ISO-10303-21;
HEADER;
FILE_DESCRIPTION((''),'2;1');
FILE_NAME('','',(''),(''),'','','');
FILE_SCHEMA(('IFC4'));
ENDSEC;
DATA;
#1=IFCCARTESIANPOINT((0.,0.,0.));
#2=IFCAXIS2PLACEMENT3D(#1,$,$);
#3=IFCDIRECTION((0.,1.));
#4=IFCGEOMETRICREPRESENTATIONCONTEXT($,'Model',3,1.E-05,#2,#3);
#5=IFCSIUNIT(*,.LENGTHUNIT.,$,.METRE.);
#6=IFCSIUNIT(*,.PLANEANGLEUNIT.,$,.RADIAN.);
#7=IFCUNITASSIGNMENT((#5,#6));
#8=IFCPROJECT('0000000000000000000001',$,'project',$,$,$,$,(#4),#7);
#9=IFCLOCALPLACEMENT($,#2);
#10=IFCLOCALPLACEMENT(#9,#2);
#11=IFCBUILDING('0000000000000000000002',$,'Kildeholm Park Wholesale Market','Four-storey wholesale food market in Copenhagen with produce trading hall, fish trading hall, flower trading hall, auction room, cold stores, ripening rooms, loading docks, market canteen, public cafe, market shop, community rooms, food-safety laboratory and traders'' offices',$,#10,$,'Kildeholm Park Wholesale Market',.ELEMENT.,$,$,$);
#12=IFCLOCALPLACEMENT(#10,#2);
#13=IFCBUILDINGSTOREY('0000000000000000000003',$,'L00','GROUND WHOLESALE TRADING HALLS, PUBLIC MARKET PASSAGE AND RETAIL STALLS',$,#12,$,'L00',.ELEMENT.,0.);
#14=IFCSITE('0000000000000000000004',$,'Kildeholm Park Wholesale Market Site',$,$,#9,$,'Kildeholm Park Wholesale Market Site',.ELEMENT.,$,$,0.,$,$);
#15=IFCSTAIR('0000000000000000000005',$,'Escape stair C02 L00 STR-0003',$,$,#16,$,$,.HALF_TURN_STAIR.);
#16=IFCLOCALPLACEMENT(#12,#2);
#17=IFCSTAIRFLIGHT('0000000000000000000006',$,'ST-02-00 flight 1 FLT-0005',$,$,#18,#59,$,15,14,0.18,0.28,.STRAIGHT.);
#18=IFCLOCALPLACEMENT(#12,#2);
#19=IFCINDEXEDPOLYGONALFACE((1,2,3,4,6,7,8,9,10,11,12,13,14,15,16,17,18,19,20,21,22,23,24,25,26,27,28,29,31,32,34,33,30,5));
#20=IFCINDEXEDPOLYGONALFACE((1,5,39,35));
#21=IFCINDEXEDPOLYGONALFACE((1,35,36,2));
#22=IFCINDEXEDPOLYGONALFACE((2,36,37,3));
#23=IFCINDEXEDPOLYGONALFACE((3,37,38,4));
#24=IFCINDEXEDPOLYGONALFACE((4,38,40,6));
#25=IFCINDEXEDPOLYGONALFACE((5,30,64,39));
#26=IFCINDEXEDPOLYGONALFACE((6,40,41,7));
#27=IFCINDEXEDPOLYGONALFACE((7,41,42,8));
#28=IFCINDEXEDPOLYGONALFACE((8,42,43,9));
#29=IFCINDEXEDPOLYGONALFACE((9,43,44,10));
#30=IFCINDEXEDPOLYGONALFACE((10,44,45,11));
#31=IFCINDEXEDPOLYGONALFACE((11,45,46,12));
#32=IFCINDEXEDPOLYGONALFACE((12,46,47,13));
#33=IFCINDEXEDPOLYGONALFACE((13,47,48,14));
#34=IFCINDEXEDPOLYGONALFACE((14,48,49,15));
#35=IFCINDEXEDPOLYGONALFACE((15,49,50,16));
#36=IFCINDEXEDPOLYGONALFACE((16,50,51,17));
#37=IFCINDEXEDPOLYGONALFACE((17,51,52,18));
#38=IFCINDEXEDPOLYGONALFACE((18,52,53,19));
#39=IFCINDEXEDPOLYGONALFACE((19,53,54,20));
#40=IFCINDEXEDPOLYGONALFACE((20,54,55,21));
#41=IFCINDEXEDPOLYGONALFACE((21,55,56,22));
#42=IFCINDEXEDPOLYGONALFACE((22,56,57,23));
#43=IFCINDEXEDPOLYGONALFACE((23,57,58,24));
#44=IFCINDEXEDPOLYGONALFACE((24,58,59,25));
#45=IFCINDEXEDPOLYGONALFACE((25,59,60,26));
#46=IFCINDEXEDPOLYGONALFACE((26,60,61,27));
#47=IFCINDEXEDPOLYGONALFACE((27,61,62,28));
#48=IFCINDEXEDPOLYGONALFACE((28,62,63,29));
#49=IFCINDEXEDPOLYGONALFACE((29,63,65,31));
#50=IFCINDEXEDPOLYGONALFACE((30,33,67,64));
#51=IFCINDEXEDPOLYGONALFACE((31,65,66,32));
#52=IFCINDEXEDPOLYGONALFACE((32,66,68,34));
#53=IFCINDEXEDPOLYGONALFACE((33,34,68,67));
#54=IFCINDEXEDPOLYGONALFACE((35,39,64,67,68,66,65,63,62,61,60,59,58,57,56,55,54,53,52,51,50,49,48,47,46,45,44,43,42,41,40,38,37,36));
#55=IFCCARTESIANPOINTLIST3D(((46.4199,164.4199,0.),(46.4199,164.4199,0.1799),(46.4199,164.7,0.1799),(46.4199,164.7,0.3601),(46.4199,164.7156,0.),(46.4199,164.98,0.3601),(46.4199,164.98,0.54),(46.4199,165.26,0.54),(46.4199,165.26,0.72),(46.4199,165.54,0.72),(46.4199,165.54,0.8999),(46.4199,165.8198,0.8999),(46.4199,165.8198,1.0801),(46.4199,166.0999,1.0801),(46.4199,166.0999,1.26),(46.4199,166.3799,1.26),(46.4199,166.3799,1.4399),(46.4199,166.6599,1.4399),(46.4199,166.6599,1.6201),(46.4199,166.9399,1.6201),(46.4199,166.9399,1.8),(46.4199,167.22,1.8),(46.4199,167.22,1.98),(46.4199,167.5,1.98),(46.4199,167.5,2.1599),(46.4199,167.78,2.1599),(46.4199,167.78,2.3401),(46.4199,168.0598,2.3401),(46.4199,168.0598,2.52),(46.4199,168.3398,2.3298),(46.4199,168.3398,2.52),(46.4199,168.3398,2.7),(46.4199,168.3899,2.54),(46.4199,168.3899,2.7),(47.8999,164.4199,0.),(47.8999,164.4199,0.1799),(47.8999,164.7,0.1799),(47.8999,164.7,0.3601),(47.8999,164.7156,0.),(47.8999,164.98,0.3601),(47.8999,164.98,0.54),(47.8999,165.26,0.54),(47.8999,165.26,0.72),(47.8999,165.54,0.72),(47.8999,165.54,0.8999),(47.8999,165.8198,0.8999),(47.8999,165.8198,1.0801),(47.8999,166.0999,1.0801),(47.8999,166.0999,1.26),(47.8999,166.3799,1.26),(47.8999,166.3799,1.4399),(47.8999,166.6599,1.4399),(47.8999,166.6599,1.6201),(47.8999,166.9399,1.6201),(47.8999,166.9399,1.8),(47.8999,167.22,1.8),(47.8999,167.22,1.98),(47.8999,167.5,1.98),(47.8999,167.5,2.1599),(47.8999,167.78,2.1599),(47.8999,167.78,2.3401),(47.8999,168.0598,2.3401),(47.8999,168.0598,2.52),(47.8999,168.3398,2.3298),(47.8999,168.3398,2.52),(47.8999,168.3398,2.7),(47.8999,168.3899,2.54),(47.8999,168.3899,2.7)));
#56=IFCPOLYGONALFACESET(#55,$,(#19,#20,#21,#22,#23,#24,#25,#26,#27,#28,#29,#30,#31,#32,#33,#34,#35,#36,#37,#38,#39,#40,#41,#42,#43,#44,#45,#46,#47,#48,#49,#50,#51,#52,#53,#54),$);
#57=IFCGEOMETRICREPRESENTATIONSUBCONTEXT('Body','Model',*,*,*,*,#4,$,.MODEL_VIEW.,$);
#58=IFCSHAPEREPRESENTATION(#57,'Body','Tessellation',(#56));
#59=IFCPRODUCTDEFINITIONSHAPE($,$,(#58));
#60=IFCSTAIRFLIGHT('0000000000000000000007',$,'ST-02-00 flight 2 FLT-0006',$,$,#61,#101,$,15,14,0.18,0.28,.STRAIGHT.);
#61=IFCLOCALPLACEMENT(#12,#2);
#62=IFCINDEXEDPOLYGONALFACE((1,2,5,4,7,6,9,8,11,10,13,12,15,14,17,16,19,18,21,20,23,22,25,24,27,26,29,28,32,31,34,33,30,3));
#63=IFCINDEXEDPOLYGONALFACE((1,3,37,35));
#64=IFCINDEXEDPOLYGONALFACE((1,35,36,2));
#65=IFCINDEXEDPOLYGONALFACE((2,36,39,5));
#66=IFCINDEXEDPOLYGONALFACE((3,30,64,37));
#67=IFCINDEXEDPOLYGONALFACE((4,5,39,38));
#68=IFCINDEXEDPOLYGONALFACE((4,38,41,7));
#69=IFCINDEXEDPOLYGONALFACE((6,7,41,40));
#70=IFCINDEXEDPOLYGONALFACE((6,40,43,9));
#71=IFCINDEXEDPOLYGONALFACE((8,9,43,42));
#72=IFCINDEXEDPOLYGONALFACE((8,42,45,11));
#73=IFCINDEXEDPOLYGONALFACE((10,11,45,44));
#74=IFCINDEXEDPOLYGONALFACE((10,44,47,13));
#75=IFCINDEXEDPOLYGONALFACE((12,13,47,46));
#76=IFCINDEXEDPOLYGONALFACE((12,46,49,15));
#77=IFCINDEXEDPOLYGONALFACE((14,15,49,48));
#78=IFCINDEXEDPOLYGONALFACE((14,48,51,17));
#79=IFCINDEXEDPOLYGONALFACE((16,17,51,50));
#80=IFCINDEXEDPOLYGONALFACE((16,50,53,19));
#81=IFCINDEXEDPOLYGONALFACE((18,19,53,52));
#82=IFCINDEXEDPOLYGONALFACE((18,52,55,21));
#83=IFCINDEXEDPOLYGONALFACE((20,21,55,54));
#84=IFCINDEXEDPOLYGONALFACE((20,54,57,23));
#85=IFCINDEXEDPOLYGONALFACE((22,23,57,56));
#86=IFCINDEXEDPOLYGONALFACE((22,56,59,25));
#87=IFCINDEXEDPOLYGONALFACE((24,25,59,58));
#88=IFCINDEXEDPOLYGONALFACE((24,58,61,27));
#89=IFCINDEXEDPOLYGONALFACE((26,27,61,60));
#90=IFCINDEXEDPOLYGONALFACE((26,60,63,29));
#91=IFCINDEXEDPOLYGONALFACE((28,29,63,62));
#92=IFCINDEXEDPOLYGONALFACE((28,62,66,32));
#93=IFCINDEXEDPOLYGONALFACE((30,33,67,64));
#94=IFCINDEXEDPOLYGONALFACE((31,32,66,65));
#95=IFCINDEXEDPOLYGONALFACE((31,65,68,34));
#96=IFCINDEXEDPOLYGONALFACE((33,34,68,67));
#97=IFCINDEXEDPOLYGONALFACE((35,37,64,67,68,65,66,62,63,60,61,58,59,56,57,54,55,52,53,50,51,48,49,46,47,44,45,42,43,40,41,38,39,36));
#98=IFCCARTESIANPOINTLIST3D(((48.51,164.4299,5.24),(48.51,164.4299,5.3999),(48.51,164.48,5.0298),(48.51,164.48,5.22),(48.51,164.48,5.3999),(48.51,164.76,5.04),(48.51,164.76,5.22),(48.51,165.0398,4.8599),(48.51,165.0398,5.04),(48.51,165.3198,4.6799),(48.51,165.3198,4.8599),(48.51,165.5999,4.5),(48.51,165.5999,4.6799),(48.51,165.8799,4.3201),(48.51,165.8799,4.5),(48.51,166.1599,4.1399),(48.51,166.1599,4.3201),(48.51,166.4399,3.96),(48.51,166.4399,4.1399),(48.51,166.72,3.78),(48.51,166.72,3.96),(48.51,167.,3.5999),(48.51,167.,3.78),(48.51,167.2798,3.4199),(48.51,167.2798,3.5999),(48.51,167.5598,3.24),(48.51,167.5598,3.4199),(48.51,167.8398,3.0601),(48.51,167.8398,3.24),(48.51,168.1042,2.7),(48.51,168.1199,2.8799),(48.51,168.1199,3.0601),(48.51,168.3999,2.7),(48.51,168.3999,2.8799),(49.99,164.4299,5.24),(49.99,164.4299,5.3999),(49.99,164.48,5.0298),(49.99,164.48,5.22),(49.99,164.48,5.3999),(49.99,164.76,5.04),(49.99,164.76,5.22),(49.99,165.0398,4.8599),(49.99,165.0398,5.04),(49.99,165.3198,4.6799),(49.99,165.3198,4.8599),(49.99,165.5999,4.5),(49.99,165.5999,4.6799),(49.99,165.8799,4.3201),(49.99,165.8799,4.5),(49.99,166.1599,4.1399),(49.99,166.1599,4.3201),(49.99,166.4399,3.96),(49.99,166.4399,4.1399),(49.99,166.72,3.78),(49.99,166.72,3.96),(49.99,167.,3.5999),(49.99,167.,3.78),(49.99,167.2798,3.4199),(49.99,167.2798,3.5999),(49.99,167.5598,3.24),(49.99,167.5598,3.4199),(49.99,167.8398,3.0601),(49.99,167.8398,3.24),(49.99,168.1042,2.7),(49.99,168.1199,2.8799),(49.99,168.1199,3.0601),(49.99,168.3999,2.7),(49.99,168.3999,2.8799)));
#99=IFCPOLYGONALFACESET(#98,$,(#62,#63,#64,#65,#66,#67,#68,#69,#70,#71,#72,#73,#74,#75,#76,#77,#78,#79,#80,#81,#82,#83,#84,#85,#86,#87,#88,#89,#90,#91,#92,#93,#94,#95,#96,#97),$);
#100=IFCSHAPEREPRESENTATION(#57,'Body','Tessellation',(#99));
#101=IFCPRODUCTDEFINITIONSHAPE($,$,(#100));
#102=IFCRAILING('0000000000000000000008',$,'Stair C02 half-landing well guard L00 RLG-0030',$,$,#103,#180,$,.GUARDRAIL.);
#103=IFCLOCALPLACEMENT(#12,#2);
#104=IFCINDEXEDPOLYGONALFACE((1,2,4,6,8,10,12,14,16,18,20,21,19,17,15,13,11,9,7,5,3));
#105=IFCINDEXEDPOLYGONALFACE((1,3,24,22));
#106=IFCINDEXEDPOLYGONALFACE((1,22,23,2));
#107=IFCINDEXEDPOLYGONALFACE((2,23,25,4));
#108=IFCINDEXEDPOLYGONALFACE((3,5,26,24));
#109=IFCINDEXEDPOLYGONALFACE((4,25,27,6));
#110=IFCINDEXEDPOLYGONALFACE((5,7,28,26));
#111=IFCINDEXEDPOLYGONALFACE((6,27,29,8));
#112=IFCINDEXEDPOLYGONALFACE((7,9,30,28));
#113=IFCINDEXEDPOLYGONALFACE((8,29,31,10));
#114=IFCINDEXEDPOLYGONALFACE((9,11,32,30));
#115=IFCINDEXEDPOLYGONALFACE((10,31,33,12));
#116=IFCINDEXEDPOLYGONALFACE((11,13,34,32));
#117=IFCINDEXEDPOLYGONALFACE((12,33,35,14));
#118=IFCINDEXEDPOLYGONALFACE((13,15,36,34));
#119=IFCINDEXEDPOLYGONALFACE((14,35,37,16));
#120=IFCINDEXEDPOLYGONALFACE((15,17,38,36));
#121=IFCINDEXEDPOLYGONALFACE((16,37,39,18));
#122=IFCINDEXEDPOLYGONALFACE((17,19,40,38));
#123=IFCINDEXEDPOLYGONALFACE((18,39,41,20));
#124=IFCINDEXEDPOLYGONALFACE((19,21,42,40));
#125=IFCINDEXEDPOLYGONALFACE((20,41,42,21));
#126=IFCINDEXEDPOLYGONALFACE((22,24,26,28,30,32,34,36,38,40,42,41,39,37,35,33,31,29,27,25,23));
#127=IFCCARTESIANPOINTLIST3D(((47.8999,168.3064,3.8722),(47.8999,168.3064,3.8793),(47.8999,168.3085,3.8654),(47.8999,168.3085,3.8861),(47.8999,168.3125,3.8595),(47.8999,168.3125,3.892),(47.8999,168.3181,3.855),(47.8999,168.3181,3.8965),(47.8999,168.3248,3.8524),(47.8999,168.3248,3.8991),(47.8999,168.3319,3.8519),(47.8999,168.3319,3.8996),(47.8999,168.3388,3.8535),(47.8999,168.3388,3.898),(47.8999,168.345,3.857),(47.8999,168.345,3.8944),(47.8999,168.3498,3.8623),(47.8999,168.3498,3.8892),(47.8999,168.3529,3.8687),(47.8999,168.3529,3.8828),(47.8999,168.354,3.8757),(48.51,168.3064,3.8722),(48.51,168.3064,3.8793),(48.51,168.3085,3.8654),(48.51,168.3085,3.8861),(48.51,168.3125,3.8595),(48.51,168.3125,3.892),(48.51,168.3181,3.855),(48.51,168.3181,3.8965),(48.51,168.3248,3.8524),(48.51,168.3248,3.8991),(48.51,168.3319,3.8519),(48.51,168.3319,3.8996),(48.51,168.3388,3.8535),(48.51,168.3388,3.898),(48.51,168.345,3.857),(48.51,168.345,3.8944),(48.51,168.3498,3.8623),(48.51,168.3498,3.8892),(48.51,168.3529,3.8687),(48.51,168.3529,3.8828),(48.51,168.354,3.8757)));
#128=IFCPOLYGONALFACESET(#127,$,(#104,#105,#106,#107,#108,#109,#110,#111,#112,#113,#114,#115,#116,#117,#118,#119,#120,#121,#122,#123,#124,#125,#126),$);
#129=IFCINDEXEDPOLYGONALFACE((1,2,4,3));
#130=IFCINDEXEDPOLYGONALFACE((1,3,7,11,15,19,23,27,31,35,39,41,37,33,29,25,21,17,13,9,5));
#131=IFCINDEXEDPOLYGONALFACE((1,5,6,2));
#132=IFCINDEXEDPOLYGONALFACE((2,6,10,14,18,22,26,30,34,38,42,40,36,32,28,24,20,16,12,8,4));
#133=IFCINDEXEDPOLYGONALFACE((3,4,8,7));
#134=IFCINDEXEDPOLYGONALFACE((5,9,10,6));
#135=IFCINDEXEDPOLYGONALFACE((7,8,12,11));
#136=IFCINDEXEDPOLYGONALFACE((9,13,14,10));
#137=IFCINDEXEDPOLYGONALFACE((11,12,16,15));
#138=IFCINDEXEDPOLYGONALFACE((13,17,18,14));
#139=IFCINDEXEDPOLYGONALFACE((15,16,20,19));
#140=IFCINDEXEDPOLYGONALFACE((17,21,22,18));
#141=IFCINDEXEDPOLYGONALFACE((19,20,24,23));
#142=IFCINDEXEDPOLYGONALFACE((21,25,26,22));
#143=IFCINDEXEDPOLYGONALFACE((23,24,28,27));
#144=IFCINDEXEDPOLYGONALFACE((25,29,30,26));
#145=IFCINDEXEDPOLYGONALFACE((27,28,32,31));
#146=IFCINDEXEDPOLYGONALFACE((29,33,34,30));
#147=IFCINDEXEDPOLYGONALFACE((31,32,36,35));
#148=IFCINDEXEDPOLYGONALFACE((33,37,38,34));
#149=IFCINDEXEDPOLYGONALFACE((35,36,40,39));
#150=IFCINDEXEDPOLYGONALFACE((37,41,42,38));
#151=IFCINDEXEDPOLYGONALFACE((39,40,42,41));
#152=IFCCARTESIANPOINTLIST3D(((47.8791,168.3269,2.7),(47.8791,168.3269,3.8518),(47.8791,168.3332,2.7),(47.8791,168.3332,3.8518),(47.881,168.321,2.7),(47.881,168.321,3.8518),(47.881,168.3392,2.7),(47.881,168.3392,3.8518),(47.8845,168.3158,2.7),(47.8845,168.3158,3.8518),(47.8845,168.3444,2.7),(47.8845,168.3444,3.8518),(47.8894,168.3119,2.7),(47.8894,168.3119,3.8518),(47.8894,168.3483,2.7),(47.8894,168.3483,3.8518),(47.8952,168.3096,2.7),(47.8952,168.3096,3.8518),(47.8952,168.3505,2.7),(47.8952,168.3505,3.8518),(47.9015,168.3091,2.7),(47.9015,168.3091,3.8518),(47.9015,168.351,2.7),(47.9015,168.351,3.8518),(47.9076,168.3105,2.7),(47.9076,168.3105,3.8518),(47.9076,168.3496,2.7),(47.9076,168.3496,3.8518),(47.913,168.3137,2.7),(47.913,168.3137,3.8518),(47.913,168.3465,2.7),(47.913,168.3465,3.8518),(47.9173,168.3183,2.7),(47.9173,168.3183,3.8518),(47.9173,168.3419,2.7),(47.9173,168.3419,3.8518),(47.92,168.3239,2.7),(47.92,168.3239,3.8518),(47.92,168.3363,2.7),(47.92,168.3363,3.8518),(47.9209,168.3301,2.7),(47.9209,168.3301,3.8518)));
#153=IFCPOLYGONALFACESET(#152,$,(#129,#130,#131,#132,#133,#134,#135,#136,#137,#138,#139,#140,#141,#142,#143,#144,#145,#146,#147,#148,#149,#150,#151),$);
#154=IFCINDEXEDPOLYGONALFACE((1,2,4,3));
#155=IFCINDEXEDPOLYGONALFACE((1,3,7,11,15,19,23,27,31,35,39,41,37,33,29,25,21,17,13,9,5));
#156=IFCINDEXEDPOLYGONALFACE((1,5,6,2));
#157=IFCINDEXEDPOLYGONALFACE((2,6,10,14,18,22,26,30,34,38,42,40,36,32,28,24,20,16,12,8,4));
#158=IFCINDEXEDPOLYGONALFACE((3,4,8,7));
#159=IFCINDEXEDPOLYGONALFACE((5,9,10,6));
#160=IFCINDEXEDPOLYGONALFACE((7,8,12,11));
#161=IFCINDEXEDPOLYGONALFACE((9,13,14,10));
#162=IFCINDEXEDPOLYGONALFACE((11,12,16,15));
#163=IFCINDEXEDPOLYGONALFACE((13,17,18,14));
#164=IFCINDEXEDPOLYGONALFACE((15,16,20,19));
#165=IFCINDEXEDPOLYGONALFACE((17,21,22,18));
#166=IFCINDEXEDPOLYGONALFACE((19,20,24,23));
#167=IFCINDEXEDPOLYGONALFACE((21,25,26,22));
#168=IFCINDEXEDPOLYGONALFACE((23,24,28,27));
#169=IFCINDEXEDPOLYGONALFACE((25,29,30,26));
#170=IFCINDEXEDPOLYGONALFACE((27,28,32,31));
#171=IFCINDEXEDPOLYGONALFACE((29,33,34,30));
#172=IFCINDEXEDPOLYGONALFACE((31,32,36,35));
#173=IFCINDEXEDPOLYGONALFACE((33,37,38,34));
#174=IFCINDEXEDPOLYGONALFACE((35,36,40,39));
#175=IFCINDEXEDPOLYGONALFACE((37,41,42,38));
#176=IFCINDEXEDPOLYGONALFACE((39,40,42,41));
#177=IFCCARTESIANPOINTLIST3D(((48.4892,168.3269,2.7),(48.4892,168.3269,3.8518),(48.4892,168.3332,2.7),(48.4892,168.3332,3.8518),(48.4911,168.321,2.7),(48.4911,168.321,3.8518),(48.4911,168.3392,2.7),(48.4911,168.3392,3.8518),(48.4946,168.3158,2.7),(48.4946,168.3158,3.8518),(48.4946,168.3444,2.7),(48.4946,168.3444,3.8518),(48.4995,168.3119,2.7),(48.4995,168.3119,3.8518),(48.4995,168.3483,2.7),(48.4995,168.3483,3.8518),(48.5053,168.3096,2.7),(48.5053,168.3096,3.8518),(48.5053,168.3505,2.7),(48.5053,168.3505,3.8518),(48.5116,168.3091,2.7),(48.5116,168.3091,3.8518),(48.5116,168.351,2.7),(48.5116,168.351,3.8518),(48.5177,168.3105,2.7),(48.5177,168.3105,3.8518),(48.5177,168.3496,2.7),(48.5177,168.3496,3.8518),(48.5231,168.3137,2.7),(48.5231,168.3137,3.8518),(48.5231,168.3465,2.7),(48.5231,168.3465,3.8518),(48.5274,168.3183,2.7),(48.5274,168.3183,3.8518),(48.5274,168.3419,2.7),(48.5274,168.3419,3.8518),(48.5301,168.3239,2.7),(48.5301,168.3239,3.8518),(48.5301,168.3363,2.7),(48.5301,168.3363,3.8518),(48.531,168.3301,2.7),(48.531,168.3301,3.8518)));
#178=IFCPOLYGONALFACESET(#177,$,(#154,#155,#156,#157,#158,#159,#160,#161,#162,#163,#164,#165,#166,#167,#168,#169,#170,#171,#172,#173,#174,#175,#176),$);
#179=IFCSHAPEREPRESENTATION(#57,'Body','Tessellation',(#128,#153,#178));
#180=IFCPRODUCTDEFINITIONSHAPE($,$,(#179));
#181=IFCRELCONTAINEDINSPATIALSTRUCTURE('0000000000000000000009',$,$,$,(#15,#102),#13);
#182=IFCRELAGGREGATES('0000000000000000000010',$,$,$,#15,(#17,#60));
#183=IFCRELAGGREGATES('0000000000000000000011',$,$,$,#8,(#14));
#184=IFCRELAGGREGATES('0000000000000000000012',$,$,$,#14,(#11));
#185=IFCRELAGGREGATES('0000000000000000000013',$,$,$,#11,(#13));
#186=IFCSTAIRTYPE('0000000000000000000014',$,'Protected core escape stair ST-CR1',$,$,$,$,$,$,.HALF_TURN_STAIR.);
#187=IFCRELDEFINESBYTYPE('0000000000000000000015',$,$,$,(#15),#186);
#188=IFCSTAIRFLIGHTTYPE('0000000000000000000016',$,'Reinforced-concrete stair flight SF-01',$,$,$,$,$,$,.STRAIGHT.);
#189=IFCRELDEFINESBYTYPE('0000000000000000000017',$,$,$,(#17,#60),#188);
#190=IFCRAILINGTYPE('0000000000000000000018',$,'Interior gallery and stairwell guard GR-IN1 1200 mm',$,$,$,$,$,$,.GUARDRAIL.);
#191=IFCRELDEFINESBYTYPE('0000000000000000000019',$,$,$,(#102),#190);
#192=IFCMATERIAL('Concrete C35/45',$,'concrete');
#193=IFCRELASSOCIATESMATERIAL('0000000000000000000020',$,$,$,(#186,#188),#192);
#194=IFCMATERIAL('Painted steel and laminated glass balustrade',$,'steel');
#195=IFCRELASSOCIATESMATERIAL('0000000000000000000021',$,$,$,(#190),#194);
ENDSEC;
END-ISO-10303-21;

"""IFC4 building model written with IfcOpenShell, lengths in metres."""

from ifc_helpers import new_model, si_unit, direction, frame, origin, origin_2d, place, context, subcontext, project, spatial, polyline, circle, outline, extrude, material, type_object, element, aggregate, save


model = new_model("IFC4")

# Units and contexts
model_context = context("Model", 3, precision=1e-05, world=origin(), true_north=direction((0.0, 1.0)))
body_context = subcontext(model_context, "Body", "Model", "MODEL_VIEW")
ifc_project = project(units=[si_unit("LENGTHUNIT", "METRE"), si_unit("PLANEANGLEUNIT", "RADIAN")], contexts=[model_context])

# Site, building, storey
site_placement = place(None, origin())
site = spatial("IfcSite", under=ifc_project, at=site_placement, Name="Kildeholm Park Wholesale Market Site", LongName="Kildeholm Park Wholesale Market Site", CompositionType="ELEMENT", RefElevation=0.0)
building_placement = place(site_placement, origin())
building = spatial("IfcBuilding", under=site, at=building_placement, Name="Kildeholm Park Wholesale Market", Description="Four-storey wholesale food market in Copenhagen with produce trading hall, fish trading hall, flower trading hall, auction room, cold stores, ripening rooms, loading docks, market canteen, public cafe, market shop, community rooms, food-safety laboratory and traders' offices", LongName="Kildeholm Park Wholesale Market", CompositionType="ELEMENT")
storey_placement = place(building_placement, origin())
storey = spatial("IfcBuildingStorey", under=building, at=storey_placement, Name="L00", Description="GROUND WHOLESALE TRADING HALLS, PUBLIC MARKET PASSAGE AND RETAIL STALLS", LongName="L00", CompositionType="ELEMENT", Elevation=0.0)

# Shared definitions
ifc_material_1 = material(Name="Concrete C35/45", Category="concrete")

# Stair, stair flights
stair_type = type_object("IfcStairType", Name="Protected core escape stair ST-CR1", PredefinedType="HALF_TURN_STAIR", material=ifc_material_1)
stair_placement = place(storey_placement, origin())
stair = element("IfcStair", 1, at=stair_placement, inside=storey, type_object=stair_type, Name="Escape stair C02 L00 STR-0003", PredefinedType="HALF_TURN_STAIR")
stair_flight_type = type_object("IfcStairFlightType", Name="Reinforced-concrete stair flight SF-01", PredefinedType="STRAIGHT", material=ifc_material_1)
stair_flight_1_placement = place(storey_placement, frame((47.1599, 164.4199, 0.0), z_axis=(0.0, 0.0, 1.0), x_axis=(0.0, 1.0, 0.0)))
stair_flight_1 = element("IfcStairFlight", 2, at=stair_flight_1_placement, type_object=stair_flight_type, Name="ST-02-00 flight 1 FLT-0005", NumberOfRisers=15, NumberOfTreads=14, PredefinedType="STRAIGHT", RiserHeight=0.18, TreadLength=0.28, context=body_context, shape_type="SweptSolid", body=[
    extrude(outline(polyline([(0.0, 0.0), (0.0, 0.1799), (0.28, 0.1799), (0.28, 0.3601), (0.5601, 0.3601), (0.5601, 0.54), (0.8401, 0.54), (0.8401, 0.72), (1.1201, 0.72), (1.1201, 0.8999), (1.3999, 0.8999), (1.3999, 1.0801), (1.6799, 1.0801), (1.6799, 1.26), (1.96, 1.26), (1.96, 1.4399), (2.24, 1.4399), (2.24, 1.6201), (2.52, 1.6201), (2.52, 1.8), (2.8, 1.8), (2.8, 1.98), (3.0801, 1.98), (3.0801, 2.1599), (3.3601, 2.1599), (3.3601, 2.3401), (3.6399, 2.3401), (3.6399, 2.52), (3.9199, 2.52), (3.9199, 2.7), (3.97, 2.7), (3.97, 2.54), (3.9199, 2.3298), (0.2957, 0.0), (0.0, 0.0)])), frame((0.0, 0.74, 0.0), z_axis=(0.0, -1.0, 0.0), x_axis=(1.0, 0.0, 0.0)), (0.0, 0.0, 1.0), 1.48),
])
stair_flight_2_placement = place(storey_placement, frame((49.25, 168.3999, 2.7), z_axis=(0.0, 0.0, 1.0), x_axis=(0.0, -1.0, 0.0)))
stair_flight_2 = element("IfcStairFlight", 3, at=stair_flight_2_placement, type_object=stair_flight_type, Name="ST-02-00 flight 2 FLT-0006", NumberOfRisers=15, NumberOfTreads=14, PredefinedType="STRAIGHT", RiserHeight=0.18, TreadLength=0.28, context=body_context, shape_type="SweptSolid", body=[
    extrude(outline(polyline([(0.0, 0.0), (0.0, 0.1799), (0.28, 0.1799), (0.28, 0.3601), (0.5601, 0.3601), (0.5601, 0.54), (0.8401, 0.54), (0.8401, 0.72), (1.1201, 0.72), (1.1201, 0.8999), (1.3999, 0.8999), (1.3999, 1.0801), (1.6799, 1.0801), (1.6799, 1.26), (1.96, 1.26), (1.96, 1.4399), (2.24, 1.4399), (2.24, 1.6201), (2.52, 1.6201), (2.52, 1.8), (2.8, 1.8), (2.8, 1.98), (3.0801, 1.98), (3.0801, 2.1599), (3.3601, 2.1599), (3.3601, 2.3401), (3.6399, 2.3401), (3.6399, 2.52), (3.9199, 2.52), (3.9199, 2.7), (3.97, 2.7), (3.97, 2.54), (3.9199, 2.3298), (0.2957, 0.0), (0.0, 0.0)])), frame((0.0, 0.74, 0.0), z_axis=(0.0, -1.0, 0.0), x_axis=(1.0, 0.0, 0.0)), (0.0, 0.0, 1.0), 1.48),
])
aggregate(stair, [stair_flight_1, stair_flight_2])

# Railing
ifc_material_2 = material(Name="Painted steel and laminated glass balustrade", Category="steel")
railing_type_1 = type_object("IfcRailingType", Name="Interior gallery and stairwell guard GR-IN1 1200 mm", PredefinedType="GUARDRAIL", material=ifc_material_2)
railing_1_placement = place(storey_placement, frame((47.8999, 168.3301, 2.7)))
element("IfcRailing", 4, at=railing_1_placement, inside=storey, type_object=railing_type_1, Name="Stair C02 half-landing well guard L00 RLG-0030", PredefinedType="GUARDRAIL", context=body_context, shape_type="SweptSolid", body=[
    extrude(circle(Radius=0.0239, at=origin_2d()), frame((0.0, 0.0, 1.1758), z_axis=(1.0, 0.0, 0.0), x_axis=(0.0, 1.0, 0.0)), (0.0, 0.0, 1.0), 0.6101),
    extrude(circle(Radius=0.021, at=origin_2d()), origin(), (0.0, 0.0, 1.0), 1.1519),
    extrude(circle(Radius=0.021, at=origin_2d()), frame((0.6101, 0.0, 0.0)), (0.0, 0.0, 1.0), 1.1519),
])

save(model, "model.ifc")
